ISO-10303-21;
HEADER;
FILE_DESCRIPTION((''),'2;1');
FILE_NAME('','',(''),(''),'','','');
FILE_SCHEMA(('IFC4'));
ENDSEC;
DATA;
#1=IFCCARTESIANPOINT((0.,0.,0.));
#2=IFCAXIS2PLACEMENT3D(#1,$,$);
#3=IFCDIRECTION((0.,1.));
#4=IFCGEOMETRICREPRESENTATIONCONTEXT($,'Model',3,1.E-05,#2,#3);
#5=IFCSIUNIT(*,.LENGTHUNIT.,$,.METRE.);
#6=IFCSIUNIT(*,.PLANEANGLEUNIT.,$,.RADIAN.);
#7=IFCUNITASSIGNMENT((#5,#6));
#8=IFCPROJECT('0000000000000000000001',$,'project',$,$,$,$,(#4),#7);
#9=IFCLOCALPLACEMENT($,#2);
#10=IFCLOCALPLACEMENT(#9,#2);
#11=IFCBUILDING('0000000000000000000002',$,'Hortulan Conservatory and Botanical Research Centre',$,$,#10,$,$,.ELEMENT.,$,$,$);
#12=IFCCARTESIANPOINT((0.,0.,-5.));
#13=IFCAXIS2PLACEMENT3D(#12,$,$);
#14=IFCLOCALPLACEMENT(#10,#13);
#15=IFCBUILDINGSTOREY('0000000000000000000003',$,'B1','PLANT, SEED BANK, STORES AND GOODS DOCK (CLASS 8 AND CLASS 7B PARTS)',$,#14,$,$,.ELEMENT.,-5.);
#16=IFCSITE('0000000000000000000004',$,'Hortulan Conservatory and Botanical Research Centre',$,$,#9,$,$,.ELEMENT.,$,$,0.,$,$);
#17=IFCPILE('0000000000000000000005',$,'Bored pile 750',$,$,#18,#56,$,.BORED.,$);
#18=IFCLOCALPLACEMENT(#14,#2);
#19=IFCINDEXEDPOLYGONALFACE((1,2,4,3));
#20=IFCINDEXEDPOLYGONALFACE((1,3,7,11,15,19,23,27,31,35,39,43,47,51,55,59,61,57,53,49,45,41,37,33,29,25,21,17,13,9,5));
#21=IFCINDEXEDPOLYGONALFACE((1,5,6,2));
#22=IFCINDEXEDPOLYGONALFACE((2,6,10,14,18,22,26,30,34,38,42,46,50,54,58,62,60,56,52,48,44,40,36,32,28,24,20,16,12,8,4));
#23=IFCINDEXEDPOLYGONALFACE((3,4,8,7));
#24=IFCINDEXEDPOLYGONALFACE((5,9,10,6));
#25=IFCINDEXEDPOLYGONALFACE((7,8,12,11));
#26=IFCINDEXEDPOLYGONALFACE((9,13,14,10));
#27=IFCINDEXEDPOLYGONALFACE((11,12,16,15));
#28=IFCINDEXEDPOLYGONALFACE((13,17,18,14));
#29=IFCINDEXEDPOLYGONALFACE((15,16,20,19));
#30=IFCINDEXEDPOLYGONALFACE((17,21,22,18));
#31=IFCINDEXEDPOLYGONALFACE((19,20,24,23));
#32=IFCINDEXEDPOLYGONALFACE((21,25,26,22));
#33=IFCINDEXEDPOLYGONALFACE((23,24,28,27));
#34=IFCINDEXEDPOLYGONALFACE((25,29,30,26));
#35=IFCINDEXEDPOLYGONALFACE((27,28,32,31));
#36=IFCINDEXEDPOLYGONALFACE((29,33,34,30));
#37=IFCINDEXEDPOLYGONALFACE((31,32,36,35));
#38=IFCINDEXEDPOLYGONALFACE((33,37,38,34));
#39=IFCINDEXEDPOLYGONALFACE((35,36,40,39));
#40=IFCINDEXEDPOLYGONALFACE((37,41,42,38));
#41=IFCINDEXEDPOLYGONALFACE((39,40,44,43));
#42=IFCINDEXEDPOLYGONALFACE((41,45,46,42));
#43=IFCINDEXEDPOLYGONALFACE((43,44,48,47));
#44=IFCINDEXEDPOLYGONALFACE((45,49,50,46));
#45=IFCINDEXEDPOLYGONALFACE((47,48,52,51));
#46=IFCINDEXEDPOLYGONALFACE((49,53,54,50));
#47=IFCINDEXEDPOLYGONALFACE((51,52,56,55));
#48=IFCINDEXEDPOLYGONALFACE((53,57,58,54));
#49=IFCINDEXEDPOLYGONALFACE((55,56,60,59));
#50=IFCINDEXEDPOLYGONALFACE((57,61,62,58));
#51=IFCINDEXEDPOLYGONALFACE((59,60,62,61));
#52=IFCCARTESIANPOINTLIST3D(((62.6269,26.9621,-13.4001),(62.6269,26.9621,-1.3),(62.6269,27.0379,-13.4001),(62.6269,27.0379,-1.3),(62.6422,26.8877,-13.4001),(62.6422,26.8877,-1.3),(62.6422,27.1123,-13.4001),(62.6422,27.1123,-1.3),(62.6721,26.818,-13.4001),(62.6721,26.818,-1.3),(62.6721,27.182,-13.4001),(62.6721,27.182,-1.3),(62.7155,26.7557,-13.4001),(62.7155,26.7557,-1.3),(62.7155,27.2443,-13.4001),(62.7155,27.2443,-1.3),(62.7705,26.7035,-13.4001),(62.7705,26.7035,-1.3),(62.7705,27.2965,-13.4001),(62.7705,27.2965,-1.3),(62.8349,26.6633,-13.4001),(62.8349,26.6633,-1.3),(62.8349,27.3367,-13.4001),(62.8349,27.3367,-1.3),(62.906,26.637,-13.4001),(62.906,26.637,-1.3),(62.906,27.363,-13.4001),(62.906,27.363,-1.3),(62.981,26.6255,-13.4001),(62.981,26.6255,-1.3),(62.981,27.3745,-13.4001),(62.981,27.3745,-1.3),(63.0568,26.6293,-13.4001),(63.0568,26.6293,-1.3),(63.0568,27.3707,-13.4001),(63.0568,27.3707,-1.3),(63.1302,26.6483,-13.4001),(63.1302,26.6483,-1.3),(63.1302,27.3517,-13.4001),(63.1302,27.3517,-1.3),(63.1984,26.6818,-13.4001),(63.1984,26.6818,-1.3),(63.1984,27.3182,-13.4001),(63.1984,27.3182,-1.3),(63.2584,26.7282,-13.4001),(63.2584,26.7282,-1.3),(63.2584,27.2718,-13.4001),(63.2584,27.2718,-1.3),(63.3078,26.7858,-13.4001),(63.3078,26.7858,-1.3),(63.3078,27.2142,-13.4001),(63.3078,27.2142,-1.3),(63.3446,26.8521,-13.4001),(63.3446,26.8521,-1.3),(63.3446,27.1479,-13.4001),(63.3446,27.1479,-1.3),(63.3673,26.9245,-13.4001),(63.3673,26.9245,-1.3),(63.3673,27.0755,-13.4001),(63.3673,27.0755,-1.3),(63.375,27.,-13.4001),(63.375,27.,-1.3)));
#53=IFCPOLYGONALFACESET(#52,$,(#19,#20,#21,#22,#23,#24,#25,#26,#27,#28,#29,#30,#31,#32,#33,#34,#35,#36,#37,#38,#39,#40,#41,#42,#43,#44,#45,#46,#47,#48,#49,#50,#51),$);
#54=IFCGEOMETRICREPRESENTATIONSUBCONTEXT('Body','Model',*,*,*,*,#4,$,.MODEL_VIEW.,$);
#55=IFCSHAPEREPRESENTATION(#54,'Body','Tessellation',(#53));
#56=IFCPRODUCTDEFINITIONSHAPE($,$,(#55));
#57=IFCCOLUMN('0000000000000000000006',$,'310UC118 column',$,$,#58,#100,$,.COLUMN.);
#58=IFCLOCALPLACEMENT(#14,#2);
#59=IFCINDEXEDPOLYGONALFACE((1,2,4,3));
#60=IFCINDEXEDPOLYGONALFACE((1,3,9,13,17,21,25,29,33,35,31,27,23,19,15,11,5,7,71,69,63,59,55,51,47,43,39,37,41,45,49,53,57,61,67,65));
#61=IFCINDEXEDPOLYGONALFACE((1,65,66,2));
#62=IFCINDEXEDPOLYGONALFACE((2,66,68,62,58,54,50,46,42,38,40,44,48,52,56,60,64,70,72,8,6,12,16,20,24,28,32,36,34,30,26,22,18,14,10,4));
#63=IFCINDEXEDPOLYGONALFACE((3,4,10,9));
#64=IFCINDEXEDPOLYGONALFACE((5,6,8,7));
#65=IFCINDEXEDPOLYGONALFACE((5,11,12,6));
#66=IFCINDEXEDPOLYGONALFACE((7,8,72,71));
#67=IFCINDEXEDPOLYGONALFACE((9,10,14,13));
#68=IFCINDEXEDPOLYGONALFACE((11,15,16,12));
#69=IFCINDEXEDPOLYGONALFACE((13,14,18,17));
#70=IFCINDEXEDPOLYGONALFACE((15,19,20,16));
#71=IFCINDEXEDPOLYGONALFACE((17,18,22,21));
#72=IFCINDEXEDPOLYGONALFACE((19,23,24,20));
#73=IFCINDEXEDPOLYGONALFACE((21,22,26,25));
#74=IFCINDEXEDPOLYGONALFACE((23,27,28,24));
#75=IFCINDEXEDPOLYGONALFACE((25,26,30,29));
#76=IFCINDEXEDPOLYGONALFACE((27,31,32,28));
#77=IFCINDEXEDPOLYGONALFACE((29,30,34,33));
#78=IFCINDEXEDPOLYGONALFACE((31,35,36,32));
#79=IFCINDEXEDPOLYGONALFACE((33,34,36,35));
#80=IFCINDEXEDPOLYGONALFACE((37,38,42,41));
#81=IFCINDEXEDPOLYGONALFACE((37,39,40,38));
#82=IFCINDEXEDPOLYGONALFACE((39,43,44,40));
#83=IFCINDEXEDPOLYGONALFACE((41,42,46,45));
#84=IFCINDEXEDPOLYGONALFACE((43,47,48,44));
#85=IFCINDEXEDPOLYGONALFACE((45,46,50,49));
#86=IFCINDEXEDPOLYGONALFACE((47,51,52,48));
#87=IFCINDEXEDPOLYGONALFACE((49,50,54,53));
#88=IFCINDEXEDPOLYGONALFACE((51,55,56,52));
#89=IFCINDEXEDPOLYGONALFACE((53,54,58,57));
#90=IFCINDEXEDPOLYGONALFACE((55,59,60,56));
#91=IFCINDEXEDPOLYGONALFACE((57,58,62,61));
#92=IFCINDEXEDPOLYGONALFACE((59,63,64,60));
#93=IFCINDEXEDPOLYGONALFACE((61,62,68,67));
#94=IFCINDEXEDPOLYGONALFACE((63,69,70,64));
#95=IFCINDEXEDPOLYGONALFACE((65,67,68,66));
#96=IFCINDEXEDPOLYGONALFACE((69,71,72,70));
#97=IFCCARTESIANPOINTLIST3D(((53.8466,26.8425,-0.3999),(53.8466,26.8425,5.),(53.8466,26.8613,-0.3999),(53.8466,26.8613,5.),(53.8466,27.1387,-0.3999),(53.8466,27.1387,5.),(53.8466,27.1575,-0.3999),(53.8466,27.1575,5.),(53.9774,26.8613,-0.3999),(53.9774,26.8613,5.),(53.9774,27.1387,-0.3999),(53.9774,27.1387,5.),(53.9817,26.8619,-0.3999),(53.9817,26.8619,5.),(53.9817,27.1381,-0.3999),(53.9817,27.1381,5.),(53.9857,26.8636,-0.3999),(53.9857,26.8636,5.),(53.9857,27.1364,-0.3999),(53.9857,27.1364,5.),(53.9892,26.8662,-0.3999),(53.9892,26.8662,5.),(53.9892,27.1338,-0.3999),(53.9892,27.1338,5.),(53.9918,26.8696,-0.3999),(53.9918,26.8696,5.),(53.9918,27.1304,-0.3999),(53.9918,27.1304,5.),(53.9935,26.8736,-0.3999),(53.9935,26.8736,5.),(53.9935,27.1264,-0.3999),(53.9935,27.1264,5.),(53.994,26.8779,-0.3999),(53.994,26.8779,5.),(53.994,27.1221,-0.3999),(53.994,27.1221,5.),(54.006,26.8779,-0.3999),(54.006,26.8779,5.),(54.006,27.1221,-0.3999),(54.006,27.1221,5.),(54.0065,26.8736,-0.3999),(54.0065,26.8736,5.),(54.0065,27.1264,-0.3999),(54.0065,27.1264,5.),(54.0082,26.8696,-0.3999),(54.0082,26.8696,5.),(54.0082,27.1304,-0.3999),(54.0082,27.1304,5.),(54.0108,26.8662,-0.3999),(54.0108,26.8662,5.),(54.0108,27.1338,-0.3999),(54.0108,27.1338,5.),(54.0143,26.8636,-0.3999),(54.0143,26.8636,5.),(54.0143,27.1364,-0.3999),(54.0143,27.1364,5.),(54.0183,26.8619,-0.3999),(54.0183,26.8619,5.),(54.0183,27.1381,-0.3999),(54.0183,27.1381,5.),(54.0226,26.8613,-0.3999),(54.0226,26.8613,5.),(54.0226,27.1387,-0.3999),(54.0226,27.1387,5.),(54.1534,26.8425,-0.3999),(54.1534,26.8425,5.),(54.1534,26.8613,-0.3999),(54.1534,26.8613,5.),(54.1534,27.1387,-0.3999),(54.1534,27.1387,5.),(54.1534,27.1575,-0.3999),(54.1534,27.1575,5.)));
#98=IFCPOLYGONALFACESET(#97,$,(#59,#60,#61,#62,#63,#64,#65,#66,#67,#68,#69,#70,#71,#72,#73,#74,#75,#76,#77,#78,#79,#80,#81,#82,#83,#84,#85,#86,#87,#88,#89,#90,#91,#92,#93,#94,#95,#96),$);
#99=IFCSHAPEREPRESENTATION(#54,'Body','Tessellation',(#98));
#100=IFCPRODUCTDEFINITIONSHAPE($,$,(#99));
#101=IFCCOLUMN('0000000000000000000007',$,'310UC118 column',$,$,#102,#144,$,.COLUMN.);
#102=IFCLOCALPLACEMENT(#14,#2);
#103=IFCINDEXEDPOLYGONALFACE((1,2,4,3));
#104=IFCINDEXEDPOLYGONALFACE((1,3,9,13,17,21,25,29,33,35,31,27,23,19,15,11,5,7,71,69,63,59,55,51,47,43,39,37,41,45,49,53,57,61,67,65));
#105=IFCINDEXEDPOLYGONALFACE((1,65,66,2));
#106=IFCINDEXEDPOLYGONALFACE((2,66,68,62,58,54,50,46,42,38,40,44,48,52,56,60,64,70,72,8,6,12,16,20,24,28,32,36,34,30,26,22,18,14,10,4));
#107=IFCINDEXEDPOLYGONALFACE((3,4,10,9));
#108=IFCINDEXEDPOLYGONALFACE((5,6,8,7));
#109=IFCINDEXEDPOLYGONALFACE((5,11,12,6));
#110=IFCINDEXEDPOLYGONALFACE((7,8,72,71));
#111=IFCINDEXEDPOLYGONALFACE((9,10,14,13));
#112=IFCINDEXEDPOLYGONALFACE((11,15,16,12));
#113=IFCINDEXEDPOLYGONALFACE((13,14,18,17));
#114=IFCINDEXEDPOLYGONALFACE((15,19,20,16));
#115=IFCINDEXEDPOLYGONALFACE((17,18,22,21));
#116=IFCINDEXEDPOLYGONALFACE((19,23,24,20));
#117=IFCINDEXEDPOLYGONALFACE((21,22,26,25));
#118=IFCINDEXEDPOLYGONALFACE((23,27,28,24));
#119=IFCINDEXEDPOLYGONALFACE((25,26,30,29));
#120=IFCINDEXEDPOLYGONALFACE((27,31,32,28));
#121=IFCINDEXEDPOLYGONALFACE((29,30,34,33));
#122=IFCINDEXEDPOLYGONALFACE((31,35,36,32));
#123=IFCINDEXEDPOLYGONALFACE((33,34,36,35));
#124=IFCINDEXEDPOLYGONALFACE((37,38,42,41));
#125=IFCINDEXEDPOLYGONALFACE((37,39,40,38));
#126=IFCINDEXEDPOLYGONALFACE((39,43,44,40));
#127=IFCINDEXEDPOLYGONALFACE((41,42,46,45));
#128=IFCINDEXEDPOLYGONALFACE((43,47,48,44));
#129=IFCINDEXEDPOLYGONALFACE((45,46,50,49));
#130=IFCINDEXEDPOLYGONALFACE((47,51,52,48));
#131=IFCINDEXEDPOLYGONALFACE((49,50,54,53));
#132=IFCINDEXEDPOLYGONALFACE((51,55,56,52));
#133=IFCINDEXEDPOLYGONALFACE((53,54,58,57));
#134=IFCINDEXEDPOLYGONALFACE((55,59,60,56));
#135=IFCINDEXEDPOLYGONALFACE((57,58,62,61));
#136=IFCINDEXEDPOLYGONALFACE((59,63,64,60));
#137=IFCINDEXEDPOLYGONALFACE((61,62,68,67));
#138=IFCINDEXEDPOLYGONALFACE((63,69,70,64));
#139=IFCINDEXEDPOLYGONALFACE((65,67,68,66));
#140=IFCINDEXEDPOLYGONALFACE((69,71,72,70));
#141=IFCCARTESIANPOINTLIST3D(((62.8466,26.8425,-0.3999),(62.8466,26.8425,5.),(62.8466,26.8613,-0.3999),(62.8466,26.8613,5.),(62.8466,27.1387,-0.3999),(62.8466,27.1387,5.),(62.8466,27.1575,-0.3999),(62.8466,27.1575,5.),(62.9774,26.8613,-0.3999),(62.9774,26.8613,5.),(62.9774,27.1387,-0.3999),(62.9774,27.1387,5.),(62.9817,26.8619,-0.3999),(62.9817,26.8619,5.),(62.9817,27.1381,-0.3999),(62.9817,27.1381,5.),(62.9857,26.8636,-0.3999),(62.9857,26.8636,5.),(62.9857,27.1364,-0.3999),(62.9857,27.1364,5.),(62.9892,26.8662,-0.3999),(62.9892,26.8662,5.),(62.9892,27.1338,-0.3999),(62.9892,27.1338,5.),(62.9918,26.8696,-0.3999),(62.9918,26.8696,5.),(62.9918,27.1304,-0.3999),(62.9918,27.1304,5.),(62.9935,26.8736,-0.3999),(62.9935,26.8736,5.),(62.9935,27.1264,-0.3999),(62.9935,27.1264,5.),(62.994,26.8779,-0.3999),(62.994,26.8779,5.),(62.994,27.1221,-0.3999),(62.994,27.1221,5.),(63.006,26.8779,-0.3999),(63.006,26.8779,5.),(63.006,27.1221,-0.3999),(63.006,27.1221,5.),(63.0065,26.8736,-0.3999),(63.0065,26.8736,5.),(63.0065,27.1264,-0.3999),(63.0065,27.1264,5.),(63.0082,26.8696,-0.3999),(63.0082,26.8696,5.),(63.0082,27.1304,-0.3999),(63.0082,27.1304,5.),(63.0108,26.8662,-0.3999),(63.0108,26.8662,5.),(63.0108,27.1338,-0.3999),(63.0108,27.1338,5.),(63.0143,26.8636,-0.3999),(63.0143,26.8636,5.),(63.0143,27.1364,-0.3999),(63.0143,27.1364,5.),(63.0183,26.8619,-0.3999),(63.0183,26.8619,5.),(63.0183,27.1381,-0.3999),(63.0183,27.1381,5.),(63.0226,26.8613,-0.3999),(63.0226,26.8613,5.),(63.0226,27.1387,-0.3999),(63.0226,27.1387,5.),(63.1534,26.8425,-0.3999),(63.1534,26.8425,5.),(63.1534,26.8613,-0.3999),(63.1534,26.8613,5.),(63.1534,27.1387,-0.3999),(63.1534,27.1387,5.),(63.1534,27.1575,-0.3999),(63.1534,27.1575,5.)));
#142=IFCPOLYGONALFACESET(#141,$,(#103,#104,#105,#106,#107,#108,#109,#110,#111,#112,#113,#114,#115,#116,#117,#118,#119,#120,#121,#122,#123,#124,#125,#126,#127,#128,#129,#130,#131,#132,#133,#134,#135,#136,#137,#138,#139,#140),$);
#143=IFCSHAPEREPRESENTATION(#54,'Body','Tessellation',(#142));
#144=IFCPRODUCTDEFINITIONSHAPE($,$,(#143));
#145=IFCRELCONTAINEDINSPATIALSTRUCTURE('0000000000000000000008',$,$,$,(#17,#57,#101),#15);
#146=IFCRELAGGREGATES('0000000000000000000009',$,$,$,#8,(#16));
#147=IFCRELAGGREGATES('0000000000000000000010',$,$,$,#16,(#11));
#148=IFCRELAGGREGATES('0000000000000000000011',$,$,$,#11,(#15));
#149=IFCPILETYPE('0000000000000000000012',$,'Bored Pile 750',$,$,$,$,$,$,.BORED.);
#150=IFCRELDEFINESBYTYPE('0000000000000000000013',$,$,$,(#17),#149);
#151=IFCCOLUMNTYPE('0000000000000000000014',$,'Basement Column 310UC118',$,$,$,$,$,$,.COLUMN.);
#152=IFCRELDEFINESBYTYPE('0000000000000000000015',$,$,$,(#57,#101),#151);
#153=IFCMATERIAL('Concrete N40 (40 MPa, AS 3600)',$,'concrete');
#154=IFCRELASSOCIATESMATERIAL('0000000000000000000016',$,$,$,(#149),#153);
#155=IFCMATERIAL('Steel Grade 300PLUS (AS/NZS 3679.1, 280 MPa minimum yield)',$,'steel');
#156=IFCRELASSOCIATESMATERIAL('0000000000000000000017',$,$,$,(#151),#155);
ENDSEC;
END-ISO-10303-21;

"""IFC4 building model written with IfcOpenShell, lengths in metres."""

from ifc_helpers import new_model, si_unit, direction, frame, origin, origin_2d, place, context, subcontext, project, spatial, circle, i_section, extrude, material, material_profile, profile_set, type_object, element, save


model = new_model("IFC4")

# Units and contexts
model_context = context("Model", 3, precision=1e-05, world=origin(), true_north=direction((0.0, 1.0)))
body_context = subcontext(model_context, "Body", "Model", "MODEL_VIEW")
ifc_project = project(units=[si_unit("LENGTHUNIT", "METRE"), si_unit("PLANEANGLEUNIT", "RADIAN")], contexts=[model_context])

# Site, building, storey
site_placement = place(None, origin())
site = spatial("IfcSite", under=ifc_project, at=site_placement, Name="Hortulan Conservatory and Botanical Research Centre", CompositionType="ELEMENT", RefElevation=0.0)
building_placement = place(site_placement, origin())
building = spatial("IfcBuilding", under=site, at=building_placement, Name="Hortulan Conservatory and Botanical Research Centre", CompositionType="ELEMENT")
storey_placement = place(building_placement, frame((0.0, 0.0, -5.0)))
storey = spatial("IfcBuildingStorey", under=building, at=storey_placement, Name="B1", Description="PLANT, SEED BANK, STORES AND GOODS DOCK (CLASS 8 AND CLASS 7B PARTS)", CompositionType="ELEMENT", Elevation=-5.0)

# Pile
ifc_material_1 = material(Name="Concrete N40 (40 MPa, AS 3600)", Category="concrete")
ifc_material_profile_1 = material_profile(ifc_material_1, circle(Radius=0.375, at=origin_2d()), Name="Bored pile 750 diameter")
ifc_profile_set_1 = profile_set([ifc_material_profile_1], Name="Concrete N40 (40 MPa, AS 3600)")
pile_type = type_object("IfcPileType", Name="Bored Pile 750", PredefinedType="BORED", material=ifc_profile_set_1)
for number, where, z_axis, x_axis, name in (
    (1, (63.0, 27.0, -1.3), (0.0, 0.0, -1.0), (1.0, 0.0, 0.0), "Bored pile 750"),
):
    element("IfcPile", number, at=place(storey_placement, frame(where, z_axis=z_axis, x_axis=x_axis)), inside=storey, type_object=pile_type, Name=name, PredefinedType="BORED", context=body_context, shape_type="SweptSolid", body=[
        extrude(circle(Radius=0.375, at=origin_2d()), origin(), (0.0, 0.0, 1.0), 12.1001),
    ])

# Columns
ifc_material_2 = material(Name="Steel Grade 300PLUS (AS/NZS 3679.1, 280 MPa minimum yield)", Category="steel")
ifc_material_profile_2 = material_profile(ifc_material_2, i_section(OverallWidth=0.3069, OverallDepth=0.3149, WebThickness=0.012, FlangeThickness=0.0188, FilletRadius=0.0166, at=origin_2d()), Name="310UC118")
ifc_profile_set_2 = profile_set([ifc_material_profile_2], Name="Steel Grade 300PLUS (AS/NZS 3679.1, 280 MPa minimum yield)")
column_type_1 = type_object("IfcColumnType", Name="Basement Column 310UC118", PredefinedType="COLUMN", material=ifc_profile_set_2)
for number, where, z_axis, x_axis, name in (
    (2, (54.0, 27.0, -0.3999), (0.0, 0.0, 1.0), (1.0, 0.0, 0.0), "310UC118 column"),
    (3, (63.0, 27.0, -0.3999), (0.0, 0.0, 1.0), (1.0, 0.0, 0.0), "310UC118 column"),
):
    element("IfcColumn", number, at=place(storey_placement, frame(where, z_axis=z_axis, x_axis=x_axis)), inside=storey, type_object=column_type_1, Name=name, PredefinedType="COLUMN", context=body_context, shape_type="SweptSolid", body=[
        extrude(i_section(OverallWidth=0.3069, OverallDepth=0.3149, WebThickness=0.012, FlangeThickness=0.0188, FilletRadius=0.0166, at=origin_2d()), origin(), (0.0, 0.0, 1.0), 5.3999),
    ])

save(model, "model.ifc")
